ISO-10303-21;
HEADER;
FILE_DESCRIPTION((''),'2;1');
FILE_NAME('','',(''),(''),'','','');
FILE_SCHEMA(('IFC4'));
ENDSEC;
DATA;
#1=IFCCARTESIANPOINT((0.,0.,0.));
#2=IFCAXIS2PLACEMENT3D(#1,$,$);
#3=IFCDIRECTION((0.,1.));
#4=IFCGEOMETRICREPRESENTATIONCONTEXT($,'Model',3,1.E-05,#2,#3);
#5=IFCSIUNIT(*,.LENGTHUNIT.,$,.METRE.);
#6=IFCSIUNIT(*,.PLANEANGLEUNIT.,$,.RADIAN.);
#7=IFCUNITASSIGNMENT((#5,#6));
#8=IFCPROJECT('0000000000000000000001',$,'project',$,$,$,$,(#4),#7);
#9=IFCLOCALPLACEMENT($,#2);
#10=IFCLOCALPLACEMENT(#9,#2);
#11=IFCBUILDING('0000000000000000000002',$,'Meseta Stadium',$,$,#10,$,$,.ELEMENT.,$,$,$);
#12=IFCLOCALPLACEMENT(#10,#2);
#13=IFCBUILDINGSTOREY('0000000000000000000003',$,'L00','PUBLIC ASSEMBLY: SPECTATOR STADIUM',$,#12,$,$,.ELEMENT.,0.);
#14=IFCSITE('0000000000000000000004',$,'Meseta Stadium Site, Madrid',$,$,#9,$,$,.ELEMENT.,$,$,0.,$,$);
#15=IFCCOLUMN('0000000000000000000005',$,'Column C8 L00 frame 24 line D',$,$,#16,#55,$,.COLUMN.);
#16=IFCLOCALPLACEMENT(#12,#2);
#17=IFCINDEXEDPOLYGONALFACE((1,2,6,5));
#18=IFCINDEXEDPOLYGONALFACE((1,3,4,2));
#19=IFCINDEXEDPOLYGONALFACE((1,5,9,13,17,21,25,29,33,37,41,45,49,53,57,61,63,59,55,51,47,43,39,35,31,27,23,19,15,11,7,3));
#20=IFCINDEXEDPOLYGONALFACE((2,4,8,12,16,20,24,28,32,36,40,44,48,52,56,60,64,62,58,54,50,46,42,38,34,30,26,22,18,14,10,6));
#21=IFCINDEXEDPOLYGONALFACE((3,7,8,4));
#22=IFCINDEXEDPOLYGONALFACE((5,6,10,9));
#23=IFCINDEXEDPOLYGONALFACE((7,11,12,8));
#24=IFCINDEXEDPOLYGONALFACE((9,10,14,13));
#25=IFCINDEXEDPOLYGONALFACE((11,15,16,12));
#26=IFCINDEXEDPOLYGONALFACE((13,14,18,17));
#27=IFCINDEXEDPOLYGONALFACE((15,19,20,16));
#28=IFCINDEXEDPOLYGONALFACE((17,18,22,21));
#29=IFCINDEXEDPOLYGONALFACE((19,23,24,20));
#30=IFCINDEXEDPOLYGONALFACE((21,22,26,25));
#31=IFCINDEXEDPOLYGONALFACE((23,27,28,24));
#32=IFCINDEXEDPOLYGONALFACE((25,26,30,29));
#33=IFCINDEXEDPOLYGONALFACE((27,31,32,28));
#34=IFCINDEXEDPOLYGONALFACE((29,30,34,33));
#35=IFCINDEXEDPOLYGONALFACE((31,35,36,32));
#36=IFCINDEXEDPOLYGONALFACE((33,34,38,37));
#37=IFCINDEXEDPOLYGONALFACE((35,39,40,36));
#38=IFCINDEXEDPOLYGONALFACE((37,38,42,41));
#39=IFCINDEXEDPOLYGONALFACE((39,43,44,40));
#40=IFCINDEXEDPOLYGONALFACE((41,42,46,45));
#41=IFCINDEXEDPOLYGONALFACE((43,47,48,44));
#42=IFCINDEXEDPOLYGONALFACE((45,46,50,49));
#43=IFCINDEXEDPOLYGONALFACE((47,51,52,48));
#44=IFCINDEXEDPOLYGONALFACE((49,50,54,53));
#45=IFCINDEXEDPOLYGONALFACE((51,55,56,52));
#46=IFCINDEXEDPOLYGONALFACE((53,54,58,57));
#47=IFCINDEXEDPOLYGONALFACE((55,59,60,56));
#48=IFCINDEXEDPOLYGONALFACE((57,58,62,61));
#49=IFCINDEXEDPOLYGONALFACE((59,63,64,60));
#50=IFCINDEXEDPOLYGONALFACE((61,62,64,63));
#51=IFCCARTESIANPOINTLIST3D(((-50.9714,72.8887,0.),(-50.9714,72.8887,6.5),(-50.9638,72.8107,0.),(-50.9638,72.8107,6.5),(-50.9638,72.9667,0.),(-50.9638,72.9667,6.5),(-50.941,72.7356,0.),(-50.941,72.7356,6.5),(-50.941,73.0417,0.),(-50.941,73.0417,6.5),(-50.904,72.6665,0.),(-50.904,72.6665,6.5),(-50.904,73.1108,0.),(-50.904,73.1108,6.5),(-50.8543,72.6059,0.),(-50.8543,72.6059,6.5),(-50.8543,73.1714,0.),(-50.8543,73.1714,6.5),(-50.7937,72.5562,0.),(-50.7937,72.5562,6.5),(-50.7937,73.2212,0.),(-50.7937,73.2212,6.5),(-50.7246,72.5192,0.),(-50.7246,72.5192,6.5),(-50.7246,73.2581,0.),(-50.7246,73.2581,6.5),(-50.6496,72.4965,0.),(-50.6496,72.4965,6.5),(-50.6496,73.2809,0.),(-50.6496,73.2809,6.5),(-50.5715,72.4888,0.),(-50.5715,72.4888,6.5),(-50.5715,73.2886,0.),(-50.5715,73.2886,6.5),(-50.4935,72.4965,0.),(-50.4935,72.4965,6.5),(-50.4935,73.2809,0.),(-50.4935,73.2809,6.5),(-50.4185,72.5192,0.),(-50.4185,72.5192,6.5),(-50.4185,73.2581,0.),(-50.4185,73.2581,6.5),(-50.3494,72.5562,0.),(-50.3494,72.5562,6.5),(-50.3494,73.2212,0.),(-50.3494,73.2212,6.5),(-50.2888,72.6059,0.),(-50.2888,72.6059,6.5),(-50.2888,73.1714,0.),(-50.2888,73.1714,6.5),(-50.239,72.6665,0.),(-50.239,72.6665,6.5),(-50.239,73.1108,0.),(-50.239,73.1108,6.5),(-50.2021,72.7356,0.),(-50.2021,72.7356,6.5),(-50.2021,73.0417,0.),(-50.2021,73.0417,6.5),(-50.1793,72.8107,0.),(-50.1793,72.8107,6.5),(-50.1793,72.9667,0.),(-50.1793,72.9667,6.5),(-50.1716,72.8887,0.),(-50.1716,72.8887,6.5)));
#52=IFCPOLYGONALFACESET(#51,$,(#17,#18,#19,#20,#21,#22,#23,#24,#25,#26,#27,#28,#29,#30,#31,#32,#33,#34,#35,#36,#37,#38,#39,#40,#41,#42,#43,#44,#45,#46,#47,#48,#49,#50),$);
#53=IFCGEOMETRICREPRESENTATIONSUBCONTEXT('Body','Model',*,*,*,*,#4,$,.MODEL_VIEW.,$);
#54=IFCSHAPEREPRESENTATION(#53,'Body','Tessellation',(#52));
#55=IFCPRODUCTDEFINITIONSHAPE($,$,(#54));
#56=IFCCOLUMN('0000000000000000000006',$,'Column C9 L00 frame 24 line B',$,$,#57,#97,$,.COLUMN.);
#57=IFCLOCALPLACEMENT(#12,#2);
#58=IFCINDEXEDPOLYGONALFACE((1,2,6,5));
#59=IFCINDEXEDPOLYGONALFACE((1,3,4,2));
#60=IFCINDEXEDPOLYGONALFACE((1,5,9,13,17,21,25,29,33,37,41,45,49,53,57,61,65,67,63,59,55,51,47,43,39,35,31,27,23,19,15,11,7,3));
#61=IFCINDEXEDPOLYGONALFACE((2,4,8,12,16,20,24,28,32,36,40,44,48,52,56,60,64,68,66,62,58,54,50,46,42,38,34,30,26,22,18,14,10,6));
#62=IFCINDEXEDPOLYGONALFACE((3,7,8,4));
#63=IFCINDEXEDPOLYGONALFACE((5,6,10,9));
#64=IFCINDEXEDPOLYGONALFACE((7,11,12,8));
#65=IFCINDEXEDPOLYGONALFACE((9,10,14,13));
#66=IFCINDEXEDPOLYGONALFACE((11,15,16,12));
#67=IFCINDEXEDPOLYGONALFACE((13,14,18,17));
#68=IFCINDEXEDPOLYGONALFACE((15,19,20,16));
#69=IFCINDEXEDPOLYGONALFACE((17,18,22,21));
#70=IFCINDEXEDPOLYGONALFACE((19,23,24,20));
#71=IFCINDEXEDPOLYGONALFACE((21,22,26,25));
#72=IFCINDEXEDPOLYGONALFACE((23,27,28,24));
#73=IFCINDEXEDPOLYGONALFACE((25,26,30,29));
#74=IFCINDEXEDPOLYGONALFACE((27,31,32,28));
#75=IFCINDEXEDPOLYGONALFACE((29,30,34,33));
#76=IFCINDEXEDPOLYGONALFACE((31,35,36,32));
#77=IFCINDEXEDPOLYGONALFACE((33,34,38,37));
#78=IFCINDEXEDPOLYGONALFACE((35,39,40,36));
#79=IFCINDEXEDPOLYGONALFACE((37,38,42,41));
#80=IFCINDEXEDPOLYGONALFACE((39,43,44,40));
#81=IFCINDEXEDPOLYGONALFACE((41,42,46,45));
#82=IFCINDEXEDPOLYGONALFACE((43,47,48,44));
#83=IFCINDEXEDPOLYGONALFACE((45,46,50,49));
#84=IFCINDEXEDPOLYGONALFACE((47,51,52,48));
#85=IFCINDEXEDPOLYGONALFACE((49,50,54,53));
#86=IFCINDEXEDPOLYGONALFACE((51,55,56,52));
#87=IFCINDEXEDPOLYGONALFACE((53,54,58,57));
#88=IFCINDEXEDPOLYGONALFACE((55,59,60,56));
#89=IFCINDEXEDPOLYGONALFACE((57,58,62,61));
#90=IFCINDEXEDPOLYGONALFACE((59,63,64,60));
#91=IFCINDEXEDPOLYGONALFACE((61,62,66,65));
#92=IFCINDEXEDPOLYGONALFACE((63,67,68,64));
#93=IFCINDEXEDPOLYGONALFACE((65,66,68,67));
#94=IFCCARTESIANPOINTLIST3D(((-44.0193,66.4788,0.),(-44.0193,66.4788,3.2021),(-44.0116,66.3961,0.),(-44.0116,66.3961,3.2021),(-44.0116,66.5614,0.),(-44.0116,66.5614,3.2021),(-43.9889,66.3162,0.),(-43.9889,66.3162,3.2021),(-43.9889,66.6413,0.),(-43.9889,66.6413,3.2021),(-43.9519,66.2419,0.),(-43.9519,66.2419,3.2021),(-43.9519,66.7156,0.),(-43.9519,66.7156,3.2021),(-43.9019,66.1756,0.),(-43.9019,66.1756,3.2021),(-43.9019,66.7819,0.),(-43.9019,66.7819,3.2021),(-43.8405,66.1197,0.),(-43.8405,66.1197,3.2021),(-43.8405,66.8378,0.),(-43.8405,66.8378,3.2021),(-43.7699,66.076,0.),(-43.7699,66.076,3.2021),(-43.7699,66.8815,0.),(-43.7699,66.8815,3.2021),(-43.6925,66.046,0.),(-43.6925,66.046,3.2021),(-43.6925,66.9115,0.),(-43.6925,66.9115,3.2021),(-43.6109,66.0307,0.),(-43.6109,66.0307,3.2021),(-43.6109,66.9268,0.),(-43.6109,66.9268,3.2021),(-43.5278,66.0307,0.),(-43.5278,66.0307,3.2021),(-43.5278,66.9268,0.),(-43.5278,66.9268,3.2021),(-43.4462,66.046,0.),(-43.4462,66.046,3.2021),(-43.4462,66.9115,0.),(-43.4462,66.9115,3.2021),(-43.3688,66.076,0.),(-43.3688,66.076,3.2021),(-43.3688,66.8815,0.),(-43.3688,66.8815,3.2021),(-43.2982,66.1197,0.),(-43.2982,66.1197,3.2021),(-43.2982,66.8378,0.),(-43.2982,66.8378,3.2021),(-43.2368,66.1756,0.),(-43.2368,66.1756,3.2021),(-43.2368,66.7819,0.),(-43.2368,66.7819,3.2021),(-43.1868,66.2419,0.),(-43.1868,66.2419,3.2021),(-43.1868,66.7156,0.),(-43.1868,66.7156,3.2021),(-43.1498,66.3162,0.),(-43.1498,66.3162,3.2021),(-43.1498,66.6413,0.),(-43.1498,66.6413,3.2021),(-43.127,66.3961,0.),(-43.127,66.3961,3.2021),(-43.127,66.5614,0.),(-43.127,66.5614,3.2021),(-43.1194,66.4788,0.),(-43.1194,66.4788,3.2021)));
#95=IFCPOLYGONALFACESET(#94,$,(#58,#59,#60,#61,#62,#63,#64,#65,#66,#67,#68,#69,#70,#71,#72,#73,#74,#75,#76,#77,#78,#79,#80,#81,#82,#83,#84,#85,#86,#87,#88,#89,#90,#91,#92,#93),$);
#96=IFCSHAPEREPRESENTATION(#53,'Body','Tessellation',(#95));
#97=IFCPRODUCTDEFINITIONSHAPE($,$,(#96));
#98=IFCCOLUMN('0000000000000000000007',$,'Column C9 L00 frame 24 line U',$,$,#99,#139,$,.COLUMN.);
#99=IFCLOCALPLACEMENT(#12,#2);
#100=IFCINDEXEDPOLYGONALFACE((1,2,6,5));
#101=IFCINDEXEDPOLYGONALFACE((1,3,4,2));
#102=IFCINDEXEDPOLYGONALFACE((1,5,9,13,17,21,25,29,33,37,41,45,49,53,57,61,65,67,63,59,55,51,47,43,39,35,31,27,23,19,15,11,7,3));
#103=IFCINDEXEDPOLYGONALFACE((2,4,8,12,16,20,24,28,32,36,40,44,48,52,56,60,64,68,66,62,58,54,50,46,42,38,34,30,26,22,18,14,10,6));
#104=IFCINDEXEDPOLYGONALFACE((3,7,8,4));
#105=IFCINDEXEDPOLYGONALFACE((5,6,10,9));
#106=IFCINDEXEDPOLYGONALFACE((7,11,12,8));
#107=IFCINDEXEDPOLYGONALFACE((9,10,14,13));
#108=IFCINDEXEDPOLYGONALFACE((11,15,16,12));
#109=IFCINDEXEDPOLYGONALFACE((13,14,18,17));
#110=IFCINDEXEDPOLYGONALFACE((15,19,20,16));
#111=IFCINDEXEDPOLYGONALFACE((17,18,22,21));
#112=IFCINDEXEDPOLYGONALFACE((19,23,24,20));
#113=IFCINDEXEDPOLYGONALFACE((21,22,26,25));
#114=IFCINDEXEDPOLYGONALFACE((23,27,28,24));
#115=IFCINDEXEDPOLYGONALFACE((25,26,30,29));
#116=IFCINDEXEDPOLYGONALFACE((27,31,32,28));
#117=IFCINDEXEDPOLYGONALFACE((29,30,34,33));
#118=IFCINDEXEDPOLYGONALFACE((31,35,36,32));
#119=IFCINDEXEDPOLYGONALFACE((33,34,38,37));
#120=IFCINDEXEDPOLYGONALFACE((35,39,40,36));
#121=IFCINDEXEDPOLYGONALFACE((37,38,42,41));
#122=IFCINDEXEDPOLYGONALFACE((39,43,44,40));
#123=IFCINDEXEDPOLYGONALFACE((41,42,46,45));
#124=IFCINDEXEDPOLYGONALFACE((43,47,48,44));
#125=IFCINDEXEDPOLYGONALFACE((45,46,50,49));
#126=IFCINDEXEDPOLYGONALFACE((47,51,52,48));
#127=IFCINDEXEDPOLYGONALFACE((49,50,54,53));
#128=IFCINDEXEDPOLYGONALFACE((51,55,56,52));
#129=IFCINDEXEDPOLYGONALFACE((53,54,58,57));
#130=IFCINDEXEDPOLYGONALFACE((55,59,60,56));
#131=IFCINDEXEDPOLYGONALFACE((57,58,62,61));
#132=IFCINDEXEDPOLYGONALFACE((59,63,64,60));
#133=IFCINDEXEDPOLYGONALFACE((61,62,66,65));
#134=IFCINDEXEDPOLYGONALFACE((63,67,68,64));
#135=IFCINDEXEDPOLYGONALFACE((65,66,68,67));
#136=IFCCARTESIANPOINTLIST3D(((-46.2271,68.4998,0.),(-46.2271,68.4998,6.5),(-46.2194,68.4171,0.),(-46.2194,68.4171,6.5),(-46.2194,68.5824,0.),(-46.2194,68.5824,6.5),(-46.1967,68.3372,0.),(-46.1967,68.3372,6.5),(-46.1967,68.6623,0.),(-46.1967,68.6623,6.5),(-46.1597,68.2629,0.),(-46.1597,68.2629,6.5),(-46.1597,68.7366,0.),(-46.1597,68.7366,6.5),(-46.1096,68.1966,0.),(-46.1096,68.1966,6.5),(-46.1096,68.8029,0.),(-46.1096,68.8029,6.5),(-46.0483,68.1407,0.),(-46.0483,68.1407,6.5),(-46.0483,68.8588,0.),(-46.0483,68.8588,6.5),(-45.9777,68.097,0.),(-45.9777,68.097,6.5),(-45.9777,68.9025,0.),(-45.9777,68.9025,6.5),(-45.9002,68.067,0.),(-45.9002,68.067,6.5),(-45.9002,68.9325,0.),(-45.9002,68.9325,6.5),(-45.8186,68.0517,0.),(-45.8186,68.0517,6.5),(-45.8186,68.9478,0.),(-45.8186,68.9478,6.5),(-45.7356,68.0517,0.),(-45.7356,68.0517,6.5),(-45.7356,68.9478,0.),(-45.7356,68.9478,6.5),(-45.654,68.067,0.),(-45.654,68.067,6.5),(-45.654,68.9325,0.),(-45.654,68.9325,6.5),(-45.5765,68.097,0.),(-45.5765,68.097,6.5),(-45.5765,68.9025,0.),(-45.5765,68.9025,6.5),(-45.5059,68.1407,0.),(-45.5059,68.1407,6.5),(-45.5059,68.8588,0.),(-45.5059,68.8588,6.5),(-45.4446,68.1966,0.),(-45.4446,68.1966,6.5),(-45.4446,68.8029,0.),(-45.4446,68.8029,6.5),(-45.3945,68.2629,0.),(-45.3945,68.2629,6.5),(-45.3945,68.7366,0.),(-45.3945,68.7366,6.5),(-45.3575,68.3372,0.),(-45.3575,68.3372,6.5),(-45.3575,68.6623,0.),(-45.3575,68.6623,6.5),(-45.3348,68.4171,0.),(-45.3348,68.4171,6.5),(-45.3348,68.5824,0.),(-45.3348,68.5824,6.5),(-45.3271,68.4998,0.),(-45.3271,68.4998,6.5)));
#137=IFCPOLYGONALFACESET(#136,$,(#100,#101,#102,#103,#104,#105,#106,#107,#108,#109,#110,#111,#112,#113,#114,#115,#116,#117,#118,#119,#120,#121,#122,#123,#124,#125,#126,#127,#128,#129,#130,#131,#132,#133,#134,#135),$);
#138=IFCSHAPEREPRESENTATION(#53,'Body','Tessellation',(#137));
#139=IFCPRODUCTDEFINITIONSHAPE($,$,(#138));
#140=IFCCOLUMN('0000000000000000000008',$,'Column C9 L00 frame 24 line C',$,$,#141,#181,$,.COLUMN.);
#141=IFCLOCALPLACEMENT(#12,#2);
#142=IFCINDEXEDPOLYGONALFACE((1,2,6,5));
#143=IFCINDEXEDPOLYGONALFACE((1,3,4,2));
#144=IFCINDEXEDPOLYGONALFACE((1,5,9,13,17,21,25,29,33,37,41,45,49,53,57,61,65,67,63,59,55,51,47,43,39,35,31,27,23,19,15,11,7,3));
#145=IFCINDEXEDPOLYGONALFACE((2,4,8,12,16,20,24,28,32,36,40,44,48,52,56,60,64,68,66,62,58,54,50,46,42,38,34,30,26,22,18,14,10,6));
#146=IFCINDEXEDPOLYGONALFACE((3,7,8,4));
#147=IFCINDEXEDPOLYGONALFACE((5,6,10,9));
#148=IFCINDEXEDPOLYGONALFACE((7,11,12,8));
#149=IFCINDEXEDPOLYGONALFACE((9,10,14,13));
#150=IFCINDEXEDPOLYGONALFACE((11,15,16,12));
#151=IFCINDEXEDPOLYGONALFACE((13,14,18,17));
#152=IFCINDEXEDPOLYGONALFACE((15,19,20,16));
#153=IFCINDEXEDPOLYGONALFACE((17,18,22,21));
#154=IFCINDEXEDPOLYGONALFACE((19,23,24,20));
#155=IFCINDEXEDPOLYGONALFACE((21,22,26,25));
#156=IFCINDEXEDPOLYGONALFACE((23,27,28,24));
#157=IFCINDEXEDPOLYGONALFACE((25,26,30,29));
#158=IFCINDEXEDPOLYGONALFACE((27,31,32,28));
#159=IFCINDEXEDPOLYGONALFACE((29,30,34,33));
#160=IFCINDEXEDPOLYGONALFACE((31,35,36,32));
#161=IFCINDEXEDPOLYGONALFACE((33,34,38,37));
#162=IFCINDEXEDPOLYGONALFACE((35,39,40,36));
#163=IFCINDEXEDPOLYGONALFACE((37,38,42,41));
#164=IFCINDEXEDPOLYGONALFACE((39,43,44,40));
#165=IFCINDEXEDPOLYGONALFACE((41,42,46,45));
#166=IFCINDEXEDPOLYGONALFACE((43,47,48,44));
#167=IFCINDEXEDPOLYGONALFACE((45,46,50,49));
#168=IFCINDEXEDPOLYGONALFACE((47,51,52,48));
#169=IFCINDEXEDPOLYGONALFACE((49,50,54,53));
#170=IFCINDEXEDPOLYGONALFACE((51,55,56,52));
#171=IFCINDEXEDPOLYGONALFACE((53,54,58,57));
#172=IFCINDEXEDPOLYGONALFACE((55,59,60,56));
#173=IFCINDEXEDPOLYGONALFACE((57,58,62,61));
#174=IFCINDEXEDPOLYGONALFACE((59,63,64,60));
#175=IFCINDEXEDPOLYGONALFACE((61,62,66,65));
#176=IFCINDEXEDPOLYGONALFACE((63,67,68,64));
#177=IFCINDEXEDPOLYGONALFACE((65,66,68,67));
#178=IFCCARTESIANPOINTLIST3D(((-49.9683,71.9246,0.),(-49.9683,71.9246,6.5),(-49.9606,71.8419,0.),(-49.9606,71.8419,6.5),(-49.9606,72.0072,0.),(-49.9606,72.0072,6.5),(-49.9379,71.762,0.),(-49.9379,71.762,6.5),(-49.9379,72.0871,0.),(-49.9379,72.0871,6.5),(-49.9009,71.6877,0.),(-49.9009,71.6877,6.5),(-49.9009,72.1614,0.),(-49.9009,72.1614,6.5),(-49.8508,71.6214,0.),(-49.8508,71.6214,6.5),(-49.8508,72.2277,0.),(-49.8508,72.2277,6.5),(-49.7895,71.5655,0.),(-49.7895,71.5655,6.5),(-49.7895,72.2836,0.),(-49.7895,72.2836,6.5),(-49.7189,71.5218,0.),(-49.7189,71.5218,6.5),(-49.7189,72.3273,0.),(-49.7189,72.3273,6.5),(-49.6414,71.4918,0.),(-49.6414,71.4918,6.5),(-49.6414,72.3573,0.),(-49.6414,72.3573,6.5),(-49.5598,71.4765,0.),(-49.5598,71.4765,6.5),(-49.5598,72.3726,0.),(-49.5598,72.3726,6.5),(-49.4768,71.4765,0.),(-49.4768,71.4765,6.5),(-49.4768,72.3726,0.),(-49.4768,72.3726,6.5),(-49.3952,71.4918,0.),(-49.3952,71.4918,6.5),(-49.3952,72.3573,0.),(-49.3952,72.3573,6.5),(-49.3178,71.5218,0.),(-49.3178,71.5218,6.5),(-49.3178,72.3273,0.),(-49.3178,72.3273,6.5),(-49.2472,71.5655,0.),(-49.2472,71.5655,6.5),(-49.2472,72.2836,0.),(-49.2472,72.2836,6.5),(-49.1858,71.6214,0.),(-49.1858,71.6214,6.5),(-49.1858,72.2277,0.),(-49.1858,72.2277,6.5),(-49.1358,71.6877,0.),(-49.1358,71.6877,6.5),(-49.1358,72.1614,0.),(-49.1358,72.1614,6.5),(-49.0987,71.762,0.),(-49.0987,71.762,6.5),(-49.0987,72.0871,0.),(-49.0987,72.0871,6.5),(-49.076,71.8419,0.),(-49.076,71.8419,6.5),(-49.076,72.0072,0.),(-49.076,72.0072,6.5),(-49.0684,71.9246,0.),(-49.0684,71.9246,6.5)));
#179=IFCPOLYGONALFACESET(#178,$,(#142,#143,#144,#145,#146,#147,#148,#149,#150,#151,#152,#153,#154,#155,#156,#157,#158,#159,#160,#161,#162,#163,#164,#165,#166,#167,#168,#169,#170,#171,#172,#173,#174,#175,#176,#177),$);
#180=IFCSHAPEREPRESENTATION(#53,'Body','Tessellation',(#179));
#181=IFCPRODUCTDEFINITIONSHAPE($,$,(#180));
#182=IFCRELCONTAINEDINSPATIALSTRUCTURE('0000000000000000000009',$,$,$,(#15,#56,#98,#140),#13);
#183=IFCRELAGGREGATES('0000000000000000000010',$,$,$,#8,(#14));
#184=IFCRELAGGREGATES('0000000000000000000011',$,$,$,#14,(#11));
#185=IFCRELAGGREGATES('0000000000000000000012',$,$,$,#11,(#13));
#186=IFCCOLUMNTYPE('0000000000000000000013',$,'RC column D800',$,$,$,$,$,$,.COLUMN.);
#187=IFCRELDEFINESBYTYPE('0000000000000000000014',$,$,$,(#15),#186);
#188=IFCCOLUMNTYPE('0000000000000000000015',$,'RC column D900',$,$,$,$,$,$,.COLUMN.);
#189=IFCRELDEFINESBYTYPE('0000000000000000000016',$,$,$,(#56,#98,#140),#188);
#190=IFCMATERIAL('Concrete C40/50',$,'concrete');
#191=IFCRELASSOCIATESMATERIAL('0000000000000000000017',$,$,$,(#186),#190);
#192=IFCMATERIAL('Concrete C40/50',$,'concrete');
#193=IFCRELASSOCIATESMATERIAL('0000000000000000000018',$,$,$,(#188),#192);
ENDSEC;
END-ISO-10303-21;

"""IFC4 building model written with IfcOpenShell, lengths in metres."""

from ifc_helpers import new_model, si_unit, direction, frame, origin, origin_2d, place, context, subcontext, project, spatial, circle, extrude, material, material_profile, profile_set, type_object, element, save


model = new_model("IFC4")

# Units and contexts
model_context = context("Model", 3, precision=1e-05, world=origin(), true_north=direction((0.0, 1.0)))
body_context = subcontext(model_context, "Body", "Model", "MODEL_VIEW")
ifc_project = project(units=[si_unit("LENGTHUNIT", "METRE"), si_unit("PLANEANGLEUNIT", "RADIAN")], contexts=[model_context])

# Site, building, storey
site_placement = place(None, origin())
site = spatial("IfcSite", under=ifc_project, at=site_placement, Name="Meseta Stadium Site, Madrid", CompositionType="ELEMENT", RefElevation=0.0)
building_placement = place(site_placement, origin())
building = spatial("IfcBuilding", under=site, at=building_placement, Name="Meseta Stadium", CompositionType="ELEMENT")
storey_placement = place(building_placement, origin())
storey = spatial("IfcBuildingStorey", under=building, at=storey_placement, Name="L00", Description="PUBLIC ASSEMBLY: SPECTATOR STADIUM", CompositionType="ELEMENT", Elevation=0.0)

# Columns
ifc_material_1 = material(Name="Concrete C40/50", Category="concrete")
ifc_material_profile_1 = material_profile(ifc_material_1, circle(Radius=0.3999, at=origin_2d()), Name="RC D800")
ifc_profile_set_1 = profile_set([ifc_material_profile_1], Name="Concrete C40/50")
column_type_1 = type_object("IfcColumnType", Name="RC column D800", PredefinedType="COLUMN", material=ifc_profile_set_1)
column_1_placement = place(storey_placement, frame((-50.5715, 72.8887, 0.0), z_axis=(0.0, 0.0, 1.0), x_axis=(1.0, 0.0, 0.0)))
element("IfcColumn", 1, at=column_1_placement, inside=storey, type_object=column_type_1, Name="Column C8 L00 frame 24 line D", PredefinedType="COLUMN", context=body_context, shape_type="SweptSolid", body=[
    extrude(circle(Radius=0.3999, at=origin_2d()), origin(), (0.0, 0.0, 1.0), 6.5),
])
ifc_material_2 = material(Name="Concrete C40/50", Category="concrete")
ifc_material_profile_2 = material_profile(ifc_material_2, circle(Radius=0.45, at=origin_2d()), Name="RC D900")
ifc_profile_set_2 = profile_set([ifc_material_profile_2], Name="Concrete C40/50")
column_type_2 = type_object("IfcColumnType", Name="RC column D900", PredefinedType="COLUMN", material=ifc_profile_set_2)
column_2_placement = place(storey_placement, frame((-43.5693, 66.4788, 0.0), z_axis=(0.0, 0.0, 1.0), x_axis=(1.0, 0.0, 0.0)))
element("IfcColumn", 2, at=column_2_placement, inside=storey, type_object=column_type_2, Name="Column C9 L00 frame 24 line B", PredefinedType="COLUMN", context=body_context, shape_type="SweptSolid", body=[
    extrude(circle(Radius=0.45, at=origin_2d()), origin(), (0.0, 0.0, 1.0), 3.2021),
])
for number, where, z_axis, x_axis, name in (
    (3, (-45.7771, 68.4998, 0.0), (0.0, 0.0, 1.0), (1.0, 0.0, 0.0), "Column C9 L00 frame 24 line U"),
    (4, (-49.5183, 71.9246, 0.0), (0.0, 0.0, 1.0), (1.0, 0.0, 0.0), "Column C9 L00 frame 24 line C"),
):
    element("IfcColumn", number, at=place(storey_placement, frame(where, z_axis=z_axis, x_axis=x_axis)), inside=storey, type_object=column_type_2, Name=name, PredefinedType="COLUMN", context=body_context, shape_type="SweptSolid", body=[
        extrude(circle(Radius=0.45, at=origin_2d()), origin(), (0.0, 0.0, 1.0), 6.5),
    ])

save(model, "model.ifc")
